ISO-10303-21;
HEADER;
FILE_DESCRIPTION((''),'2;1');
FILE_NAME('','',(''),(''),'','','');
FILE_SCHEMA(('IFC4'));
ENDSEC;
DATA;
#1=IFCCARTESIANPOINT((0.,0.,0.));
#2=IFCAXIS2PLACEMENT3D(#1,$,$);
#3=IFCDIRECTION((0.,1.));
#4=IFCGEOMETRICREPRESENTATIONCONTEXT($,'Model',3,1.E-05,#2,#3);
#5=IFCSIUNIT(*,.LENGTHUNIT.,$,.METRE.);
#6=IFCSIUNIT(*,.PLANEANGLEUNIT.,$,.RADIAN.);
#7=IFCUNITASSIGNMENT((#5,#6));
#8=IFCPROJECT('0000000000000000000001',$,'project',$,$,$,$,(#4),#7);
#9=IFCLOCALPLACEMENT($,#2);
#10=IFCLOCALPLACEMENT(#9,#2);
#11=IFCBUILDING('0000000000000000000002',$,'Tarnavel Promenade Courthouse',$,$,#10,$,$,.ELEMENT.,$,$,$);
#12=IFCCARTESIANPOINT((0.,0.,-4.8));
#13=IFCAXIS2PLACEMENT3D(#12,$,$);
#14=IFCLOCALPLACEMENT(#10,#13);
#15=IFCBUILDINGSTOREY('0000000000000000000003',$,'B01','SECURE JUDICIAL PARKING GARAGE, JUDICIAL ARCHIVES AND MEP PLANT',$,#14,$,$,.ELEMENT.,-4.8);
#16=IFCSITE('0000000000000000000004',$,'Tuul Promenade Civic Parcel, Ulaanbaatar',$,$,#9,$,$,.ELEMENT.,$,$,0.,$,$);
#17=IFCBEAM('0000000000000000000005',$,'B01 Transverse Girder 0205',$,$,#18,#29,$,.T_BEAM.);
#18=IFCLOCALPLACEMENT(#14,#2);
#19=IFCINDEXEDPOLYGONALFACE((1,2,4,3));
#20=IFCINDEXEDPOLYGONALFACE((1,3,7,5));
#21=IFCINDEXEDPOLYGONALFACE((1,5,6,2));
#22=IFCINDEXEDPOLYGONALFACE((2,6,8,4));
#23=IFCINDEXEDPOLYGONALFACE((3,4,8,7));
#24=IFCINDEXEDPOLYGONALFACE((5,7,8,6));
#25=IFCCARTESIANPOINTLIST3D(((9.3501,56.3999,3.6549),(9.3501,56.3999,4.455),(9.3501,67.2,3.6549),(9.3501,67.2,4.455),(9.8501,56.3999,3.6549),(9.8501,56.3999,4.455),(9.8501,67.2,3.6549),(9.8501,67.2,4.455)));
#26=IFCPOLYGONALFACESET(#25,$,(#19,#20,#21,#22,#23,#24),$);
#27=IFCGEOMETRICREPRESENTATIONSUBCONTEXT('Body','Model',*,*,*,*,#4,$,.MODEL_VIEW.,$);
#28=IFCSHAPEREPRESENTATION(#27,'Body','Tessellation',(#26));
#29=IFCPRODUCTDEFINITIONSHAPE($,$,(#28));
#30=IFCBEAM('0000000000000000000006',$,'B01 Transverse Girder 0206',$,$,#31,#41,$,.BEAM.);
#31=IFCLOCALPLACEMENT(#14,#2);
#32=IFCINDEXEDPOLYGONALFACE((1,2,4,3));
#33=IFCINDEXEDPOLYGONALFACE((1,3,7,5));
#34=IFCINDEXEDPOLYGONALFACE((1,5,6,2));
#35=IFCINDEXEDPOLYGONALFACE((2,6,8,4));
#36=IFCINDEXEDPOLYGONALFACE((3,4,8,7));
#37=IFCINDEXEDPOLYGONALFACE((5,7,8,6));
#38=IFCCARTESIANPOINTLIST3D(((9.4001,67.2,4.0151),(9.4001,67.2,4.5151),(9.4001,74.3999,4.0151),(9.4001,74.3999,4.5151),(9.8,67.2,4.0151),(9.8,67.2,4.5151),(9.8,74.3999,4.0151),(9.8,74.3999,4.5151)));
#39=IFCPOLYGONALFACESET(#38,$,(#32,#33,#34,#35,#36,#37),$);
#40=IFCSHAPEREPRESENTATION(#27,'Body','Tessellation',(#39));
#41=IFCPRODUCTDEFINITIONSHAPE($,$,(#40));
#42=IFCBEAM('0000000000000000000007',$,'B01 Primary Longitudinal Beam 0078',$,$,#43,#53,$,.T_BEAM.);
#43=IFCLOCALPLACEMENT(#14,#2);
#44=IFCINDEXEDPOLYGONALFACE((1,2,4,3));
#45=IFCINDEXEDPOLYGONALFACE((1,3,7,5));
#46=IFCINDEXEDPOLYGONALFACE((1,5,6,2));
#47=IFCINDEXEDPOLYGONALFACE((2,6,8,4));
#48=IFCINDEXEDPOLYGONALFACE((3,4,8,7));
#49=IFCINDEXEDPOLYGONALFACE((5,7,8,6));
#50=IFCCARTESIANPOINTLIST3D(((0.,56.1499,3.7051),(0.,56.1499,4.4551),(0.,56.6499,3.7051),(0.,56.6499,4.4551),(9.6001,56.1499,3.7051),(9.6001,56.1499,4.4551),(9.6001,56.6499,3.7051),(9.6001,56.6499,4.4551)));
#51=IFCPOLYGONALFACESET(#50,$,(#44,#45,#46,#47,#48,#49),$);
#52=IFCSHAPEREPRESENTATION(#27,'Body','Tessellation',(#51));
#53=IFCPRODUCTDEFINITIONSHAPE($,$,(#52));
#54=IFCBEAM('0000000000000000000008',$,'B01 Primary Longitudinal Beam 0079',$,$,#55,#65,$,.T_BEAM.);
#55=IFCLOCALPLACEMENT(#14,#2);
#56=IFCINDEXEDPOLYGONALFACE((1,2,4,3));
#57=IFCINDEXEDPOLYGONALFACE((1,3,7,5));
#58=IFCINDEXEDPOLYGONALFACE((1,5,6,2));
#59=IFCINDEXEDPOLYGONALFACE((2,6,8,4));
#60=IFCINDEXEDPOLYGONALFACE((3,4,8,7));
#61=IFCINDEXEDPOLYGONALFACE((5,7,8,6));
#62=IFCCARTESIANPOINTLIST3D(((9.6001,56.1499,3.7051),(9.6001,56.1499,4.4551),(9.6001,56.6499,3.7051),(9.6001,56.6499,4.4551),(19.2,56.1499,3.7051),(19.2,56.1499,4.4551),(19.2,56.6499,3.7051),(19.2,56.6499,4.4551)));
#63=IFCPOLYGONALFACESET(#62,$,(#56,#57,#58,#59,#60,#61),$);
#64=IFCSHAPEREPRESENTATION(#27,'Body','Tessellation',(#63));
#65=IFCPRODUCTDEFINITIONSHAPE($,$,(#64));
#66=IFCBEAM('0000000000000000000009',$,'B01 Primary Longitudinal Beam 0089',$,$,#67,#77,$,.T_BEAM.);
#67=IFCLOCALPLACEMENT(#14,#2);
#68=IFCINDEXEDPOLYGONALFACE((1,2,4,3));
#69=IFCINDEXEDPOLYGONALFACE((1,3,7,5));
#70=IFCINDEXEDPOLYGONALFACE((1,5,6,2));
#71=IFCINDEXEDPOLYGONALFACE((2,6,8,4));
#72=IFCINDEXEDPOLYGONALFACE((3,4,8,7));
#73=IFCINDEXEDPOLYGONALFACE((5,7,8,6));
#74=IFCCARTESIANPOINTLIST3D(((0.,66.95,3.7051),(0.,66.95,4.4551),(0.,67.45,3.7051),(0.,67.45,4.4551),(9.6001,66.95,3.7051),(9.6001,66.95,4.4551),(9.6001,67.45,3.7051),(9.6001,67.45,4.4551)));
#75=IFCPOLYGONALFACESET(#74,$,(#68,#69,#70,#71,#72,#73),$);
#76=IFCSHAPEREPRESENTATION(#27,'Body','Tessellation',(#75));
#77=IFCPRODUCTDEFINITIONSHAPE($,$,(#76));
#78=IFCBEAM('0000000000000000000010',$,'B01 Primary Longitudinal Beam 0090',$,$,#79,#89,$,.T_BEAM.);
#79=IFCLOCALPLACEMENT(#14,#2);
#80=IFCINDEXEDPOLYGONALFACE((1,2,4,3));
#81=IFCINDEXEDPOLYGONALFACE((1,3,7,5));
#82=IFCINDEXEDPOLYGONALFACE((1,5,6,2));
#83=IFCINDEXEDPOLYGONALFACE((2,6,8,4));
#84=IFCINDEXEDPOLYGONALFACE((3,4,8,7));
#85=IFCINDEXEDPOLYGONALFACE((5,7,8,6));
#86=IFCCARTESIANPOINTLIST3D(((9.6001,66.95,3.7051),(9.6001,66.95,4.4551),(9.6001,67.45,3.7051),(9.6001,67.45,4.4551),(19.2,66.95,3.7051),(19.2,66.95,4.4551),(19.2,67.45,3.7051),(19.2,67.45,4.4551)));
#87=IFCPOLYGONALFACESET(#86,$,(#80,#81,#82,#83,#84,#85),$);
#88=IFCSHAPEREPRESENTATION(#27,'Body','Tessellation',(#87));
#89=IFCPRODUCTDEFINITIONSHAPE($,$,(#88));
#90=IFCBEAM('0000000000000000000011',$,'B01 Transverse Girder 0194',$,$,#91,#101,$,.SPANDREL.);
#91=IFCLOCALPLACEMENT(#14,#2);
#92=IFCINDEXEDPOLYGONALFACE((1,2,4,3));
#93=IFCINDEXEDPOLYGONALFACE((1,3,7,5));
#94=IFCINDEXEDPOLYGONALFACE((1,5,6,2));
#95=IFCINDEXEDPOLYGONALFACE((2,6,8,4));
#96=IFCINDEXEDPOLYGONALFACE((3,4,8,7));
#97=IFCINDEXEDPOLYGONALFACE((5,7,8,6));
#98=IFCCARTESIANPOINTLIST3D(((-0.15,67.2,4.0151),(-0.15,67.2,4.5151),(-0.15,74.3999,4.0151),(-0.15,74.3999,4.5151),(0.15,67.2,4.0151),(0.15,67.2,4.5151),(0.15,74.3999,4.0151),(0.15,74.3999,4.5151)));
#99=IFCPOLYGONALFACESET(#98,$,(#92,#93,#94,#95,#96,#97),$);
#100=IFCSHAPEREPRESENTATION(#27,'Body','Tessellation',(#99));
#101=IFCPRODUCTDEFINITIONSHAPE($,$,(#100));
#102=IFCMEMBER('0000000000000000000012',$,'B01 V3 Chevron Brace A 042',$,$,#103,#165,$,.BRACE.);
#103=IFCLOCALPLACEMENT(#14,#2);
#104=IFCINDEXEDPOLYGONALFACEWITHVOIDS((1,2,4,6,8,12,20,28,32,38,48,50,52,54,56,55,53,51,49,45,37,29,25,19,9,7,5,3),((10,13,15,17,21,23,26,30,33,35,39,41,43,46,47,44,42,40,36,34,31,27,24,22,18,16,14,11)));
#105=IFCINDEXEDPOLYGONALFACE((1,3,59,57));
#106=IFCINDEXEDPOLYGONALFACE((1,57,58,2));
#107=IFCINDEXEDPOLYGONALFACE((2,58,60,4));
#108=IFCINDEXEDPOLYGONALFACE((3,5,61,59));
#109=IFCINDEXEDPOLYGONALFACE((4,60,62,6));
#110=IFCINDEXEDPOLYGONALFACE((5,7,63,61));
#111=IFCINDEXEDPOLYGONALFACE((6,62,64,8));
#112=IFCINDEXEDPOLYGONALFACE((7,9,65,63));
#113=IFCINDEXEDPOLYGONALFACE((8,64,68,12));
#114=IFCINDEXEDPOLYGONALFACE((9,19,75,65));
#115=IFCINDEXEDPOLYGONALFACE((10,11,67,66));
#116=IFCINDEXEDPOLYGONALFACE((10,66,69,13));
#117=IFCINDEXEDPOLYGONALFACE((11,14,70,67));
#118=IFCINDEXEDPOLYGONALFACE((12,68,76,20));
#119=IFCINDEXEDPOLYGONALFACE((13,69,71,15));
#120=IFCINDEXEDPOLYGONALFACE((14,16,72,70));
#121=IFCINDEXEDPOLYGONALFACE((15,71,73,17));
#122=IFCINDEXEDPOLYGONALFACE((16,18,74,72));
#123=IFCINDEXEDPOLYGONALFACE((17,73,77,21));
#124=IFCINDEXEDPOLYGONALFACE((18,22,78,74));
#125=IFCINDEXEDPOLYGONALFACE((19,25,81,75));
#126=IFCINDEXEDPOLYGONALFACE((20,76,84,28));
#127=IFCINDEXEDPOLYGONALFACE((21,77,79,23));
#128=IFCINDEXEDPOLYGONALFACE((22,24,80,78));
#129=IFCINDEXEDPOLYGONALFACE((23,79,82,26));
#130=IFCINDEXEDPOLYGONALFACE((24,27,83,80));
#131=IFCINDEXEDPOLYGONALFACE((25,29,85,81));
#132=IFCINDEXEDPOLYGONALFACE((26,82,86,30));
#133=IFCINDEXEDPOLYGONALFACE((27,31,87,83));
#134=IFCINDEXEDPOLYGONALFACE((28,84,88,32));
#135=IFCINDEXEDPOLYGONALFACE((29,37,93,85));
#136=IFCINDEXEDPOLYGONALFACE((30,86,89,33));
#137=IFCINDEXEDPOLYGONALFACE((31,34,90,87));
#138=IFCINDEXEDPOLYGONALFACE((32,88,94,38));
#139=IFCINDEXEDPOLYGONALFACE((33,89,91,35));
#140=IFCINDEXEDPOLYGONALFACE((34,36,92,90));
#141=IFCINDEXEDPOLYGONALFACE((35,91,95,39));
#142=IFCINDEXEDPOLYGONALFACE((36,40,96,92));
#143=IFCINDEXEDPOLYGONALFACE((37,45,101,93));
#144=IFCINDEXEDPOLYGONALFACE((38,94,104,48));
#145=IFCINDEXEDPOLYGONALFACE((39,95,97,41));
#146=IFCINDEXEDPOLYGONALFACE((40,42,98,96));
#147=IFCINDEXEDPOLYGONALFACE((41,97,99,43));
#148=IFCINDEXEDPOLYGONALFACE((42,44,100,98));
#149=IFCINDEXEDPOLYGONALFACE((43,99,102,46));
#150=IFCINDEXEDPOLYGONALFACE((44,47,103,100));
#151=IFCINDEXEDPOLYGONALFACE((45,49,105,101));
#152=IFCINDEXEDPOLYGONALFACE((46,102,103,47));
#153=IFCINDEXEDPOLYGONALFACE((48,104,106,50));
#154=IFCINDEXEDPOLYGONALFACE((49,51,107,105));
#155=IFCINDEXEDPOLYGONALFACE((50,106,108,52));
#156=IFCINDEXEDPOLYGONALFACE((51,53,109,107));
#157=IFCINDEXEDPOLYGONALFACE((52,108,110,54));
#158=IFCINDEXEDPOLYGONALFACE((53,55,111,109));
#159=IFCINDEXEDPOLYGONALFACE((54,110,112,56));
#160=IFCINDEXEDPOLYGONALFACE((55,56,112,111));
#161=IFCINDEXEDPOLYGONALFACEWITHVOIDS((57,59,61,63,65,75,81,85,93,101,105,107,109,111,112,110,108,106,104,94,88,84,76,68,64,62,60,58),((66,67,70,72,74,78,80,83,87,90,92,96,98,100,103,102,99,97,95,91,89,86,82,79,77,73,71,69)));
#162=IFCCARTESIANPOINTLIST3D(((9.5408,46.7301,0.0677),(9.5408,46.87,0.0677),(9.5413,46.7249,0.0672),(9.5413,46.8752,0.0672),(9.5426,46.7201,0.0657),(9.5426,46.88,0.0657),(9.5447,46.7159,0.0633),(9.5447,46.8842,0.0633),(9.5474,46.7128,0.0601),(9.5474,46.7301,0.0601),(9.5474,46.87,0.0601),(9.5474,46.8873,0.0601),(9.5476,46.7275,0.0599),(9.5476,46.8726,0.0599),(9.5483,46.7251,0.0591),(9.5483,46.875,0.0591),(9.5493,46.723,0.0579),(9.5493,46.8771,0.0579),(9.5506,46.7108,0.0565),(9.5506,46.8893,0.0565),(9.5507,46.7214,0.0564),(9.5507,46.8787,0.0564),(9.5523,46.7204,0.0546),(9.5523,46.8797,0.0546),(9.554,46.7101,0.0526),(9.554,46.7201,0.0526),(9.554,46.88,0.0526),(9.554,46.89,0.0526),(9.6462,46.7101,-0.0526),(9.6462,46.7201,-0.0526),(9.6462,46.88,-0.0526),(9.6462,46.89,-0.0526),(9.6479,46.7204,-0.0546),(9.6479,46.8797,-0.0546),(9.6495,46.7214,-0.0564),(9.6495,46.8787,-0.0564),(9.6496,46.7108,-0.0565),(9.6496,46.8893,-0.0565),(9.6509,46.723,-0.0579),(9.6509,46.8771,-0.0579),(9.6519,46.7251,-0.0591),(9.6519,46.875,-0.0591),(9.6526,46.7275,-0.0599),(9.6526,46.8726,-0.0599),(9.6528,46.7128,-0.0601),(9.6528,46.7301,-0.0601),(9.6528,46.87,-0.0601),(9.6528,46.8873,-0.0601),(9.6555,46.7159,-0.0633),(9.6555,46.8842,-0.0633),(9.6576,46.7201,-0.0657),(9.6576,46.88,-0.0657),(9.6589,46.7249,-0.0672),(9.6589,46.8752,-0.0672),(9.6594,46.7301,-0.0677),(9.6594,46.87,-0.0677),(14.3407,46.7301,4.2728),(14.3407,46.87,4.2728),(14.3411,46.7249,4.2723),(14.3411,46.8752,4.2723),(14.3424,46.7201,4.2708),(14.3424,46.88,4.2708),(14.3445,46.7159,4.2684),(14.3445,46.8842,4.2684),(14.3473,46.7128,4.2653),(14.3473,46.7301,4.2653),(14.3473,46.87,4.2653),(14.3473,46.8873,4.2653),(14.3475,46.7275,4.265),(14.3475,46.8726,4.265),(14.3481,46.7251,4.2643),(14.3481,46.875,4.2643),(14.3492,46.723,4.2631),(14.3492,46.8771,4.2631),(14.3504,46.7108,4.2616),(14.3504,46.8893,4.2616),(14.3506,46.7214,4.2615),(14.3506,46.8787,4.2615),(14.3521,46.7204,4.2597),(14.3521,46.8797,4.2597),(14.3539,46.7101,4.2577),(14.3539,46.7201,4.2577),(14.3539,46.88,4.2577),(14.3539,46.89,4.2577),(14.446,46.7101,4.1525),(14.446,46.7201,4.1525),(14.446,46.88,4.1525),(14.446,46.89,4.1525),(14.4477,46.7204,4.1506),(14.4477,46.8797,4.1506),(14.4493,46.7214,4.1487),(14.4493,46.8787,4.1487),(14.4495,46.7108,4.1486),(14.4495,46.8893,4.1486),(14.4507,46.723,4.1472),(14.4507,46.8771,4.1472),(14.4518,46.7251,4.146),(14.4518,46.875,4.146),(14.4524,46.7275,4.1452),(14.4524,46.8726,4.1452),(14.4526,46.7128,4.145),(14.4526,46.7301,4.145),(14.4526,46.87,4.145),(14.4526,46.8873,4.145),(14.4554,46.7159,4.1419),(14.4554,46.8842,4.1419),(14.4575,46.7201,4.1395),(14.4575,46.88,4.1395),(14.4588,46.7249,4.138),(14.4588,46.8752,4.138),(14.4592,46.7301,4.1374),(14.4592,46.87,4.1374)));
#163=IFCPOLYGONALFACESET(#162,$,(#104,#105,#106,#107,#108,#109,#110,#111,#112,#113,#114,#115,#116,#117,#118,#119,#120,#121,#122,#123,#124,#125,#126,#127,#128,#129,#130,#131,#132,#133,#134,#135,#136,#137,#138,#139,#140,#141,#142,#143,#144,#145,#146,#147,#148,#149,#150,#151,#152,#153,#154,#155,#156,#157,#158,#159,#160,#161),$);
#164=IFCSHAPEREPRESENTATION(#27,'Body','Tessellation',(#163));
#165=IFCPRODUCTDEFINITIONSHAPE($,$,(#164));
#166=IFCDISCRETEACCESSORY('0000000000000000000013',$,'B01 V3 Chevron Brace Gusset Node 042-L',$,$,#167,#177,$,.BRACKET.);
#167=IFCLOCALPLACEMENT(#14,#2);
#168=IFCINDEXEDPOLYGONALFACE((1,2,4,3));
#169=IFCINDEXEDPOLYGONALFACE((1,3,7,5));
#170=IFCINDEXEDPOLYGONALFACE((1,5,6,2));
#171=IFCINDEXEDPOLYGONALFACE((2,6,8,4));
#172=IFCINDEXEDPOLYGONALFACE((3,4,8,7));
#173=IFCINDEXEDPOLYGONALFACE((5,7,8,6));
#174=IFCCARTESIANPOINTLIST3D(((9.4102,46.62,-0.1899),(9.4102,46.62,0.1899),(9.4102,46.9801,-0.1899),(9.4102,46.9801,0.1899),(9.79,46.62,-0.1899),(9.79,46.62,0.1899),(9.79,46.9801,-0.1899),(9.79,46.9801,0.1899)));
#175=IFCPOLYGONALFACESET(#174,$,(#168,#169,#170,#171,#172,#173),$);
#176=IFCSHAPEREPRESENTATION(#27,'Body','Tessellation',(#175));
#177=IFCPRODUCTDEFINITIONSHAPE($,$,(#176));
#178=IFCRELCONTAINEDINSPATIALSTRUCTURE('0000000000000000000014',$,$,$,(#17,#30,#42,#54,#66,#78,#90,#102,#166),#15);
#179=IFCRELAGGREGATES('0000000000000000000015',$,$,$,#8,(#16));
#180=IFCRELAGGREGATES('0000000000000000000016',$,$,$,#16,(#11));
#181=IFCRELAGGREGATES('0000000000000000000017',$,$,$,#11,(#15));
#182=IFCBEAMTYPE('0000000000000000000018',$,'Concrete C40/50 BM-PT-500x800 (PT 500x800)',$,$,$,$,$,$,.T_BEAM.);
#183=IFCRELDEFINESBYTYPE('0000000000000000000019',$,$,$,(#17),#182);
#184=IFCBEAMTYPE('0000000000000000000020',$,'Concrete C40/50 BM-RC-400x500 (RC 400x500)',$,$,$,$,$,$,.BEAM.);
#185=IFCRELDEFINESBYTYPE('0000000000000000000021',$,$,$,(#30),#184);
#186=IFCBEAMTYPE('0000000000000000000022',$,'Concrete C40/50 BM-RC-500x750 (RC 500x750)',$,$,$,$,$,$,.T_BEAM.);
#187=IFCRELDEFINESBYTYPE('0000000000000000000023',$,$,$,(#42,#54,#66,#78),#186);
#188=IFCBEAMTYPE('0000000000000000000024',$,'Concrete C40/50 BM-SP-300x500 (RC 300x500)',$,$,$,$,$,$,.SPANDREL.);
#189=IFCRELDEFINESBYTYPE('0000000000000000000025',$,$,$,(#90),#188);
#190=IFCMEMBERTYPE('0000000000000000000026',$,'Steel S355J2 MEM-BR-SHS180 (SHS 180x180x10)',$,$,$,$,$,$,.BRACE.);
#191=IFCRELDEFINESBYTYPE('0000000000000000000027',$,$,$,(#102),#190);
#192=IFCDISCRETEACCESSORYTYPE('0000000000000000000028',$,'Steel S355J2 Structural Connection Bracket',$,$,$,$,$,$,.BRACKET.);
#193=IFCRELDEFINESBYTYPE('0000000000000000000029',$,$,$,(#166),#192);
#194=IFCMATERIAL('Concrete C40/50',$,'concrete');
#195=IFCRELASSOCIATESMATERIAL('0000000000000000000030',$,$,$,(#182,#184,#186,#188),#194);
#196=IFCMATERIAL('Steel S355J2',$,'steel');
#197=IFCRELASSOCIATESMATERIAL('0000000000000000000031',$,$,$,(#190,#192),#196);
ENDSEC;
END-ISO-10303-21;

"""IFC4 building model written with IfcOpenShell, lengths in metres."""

from ifc_helpers import new_model, si_unit, direction, frame, origin, origin_2d, place, context, subcontext, project, spatial, rectangle, hollow_rectangle, extrude, material, material_profile, profile_set, type_object, element, save


model = new_model("IFC4")

# Units and contexts
model_context = context("Model", 3, precision=1e-05, world=origin(), true_north=direction((0.0, 1.0)))
body_context = subcontext(model_context, "Body", "Model", "MODEL_VIEW")
ifc_project = project(units=[si_unit("LENGTHUNIT", "METRE"), si_unit("PLANEANGLEUNIT", "RADIAN")], contexts=[model_context])

# Site, building, storey
site_placement = place(None, origin())
site = spatial("IfcSite", under=ifc_project, at=site_placement, Name="Tuul Promenade Civic Parcel, Ulaanbaatar", CompositionType="ELEMENT", RefElevation=0.0)
building_placement = place(site_placement, origin())
building = spatial("IfcBuilding", under=site, at=building_placement, Name="Tarnavel Promenade Courthouse", CompositionType="ELEMENT")
storey_placement = place(building_placement, frame((0.0, 0.0, -4.8)))
storey = spatial("IfcBuildingStorey", under=building, at=storey_placement, Name="B01", Description="SECURE JUDICIAL PARKING GARAGE, JUDICIAL ARCHIVES AND MEP PLANT", CompositionType="ELEMENT", Elevation=-4.8)

# Shared definitions
ifc_material_1 = material(Name="Concrete C40/50", Category="concrete")

# Beams
ifc_material_profile_1 = material_profile(ifc_material_1, rectangle(XDim=0.5, YDim=0.8, at=origin_2d()), Name="PT 500x800")
ifc_profile_set_1 = profile_set([ifc_material_profile_1], Name="Concrete C40/50")
beam_type_1 = type_object("IfcBeamType", Name="Concrete C40/50 BM-PT-500x800 (PT 500x800)", PredefinedType="T_BEAM", material=ifc_profile_set_1)
for number, where, z_axis, x_axis, name in (
    (1, (9.6001, 56.3999, 4.0549), (0.0, 1.0, 0.0), (-1.0, 0.0, 0.0), "B01 Transverse Girder 0205"),
):
    element("IfcBeam", number, at=place(storey_placement, frame(where, z_axis=z_axis, x_axis=x_axis)), inside=storey, type_object=beam_type_1, Name=name, PredefinedType="T_BEAM", context=body_context, shape_type="SweptSolid", body=[
        extrude(rectangle(XDim=0.5, YDim=0.8, at=origin_2d()), origin(), (0.0, 0.0, 1.0), 10.8),
    ])
ifc_material_profile_2 = material_profile(ifc_material_1, rectangle(XDim=0.3999, YDim=0.5, at=origin_2d()), Name="RC 400x500")
ifc_profile_set_2 = profile_set([ifc_material_profile_2], Name="Concrete C40/50")
beam_type_2 = type_object("IfcBeamType", Name="Concrete C40/50 BM-RC-400x500 (RC 400x500)", PredefinedType="BEAM", material=ifc_profile_set_2)
beam_1_placement = place(storey_placement, frame((9.6001, 67.2, 4.2651), z_axis=(0.0, 1.0, 0.0), x_axis=(-1.0, 0.0, 0.0)))
element("IfcBeam", 2, at=beam_1_placement, inside=storey, type_object=beam_type_2, Name="B01 Transverse Girder 0206", PredefinedType="BEAM", context=body_context, shape_type="SweptSolid", body=[
    extrude(rectangle(XDim=0.3999, YDim=0.5, at=origin_2d()), origin(), (0.0, 0.0, 1.0), 7.2),
])
ifc_material_profile_3 = material_profile(ifc_material_1, rectangle(XDim=0.5, YDim=0.75, at=origin_2d()), Name="RC 500x750")
ifc_profile_set_3 = profile_set([ifc_material_profile_3], Name="Concrete C40/50")
beam_type_3 = type_object("IfcBeamType", Name="Concrete C40/50 BM-RC-500x750 (RC 500x750)", PredefinedType="T_BEAM", material=ifc_profile_set_3)
beam_2_placement = place(storey_placement, frame((0.0, 56.3999, 4.0801), z_axis=(1.0, 0.0, 0.0), x_axis=(0.0, 1.0, 0.0)))
element("IfcBeam", 3, at=beam_2_placement, inside=storey, type_object=beam_type_3, Name="B01 Primary Longitudinal Beam 0078", PredefinedType="T_BEAM", context=body_context, shape_type="SweptSolid", body=[
    extrude(rectangle(XDim=0.5, YDim=0.75, at=origin_2d()), origin(), (0.0, 0.0, 1.0), 9.6001),
])
beam_3_placement = place(storey_placement, frame((9.6001, 56.3999, 4.0801), z_axis=(1.0, 0.0, 0.0), x_axis=(0.0, 1.0, 0.0)))
element("IfcBeam", 4, at=beam_3_placement, inside=storey, type_object=beam_type_3, Name="B01 Primary Longitudinal Beam 0079", PredefinedType="T_BEAM", context=body_context, shape_type="SweptSolid", body=[
    extrude(rectangle(XDim=0.5, YDim=0.75, at=origin_2d()), origin(), (0.0, 0.0, 1.0), 9.5999),
])
beam_4_placement = place(storey_placement, frame((0.0, 67.2, 4.0801), z_axis=(1.0, 0.0, 0.0), x_axis=(0.0, 1.0, 0.0)))
element("IfcBeam", 5, at=beam_4_placement, inside=storey, type_object=beam_type_3, Name="B01 Primary Longitudinal Beam 0089", PredefinedType="T_BEAM", context=body_context, shape_type="SweptSolid", body=[
    extrude(rectangle(XDim=0.5, YDim=0.75, at=origin_2d()), origin(), (0.0, 0.0, 1.0), 9.6001),
])
beam_5_placement = place(storey_placement, frame((9.6001, 67.2, 4.0801), z_axis=(1.0, 0.0, 0.0), x_axis=(0.0, 1.0, 0.0)))
element("IfcBeam", 6, at=beam_5_placement, inside=storey, type_object=beam_type_3, Name="B01 Primary Longitudinal Beam 0090", PredefinedType="T_BEAM", context=body_context, shape_type="SweptSolid", body=[
    extrude(rectangle(XDim=0.5, YDim=0.75, at=origin_2d()), origin(), (0.0, 0.0, 1.0), 9.5999),
])
ifc_material_profile_4 = material_profile(ifc_material_1, rectangle(XDim=0.3, YDim=0.5, at=origin_2d()), Name="RC 300x500")
ifc_profile_set_4 = profile_set([ifc_material_profile_4], Name="Concrete C40/50")
beam_type_4 = type_object("IfcBeamType", Name="Concrete C40/50 BM-SP-300x500 (RC 300x500)", PredefinedType="SPANDREL", material=ifc_profile_set_4)
beam_6_placement = place(storey_placement, frame((0.0, 67.2, 4.2651), z_axis=(0.0, 1.0, 0.0), x_axis=(-1.0, 0.0, 0.0)))
element("IfcBeam", 7, at=beam_6_placement, inside=storey, type_object=beam_type_4, Name="B01 Transverse Girder 0194", PredefinedType="SPANDREL", context=body_context, shape_type="SweptSolid", body=[
    extrude(rectangle(XDim=0.3, YDim=0.5, at=origin_2d()), origin(), (0.0, 0.0, 1.0), 7.2),
])

# Member
ifc_material_2 = material(Name="Steel S355J2", Category="steel")
ifc_material_profile_5 = material_profile(ifc_material_2, hollow_rectangle(XDim=0.1799, YDim=0.1799, WallThickness=0.01, InnerFilletRadius=0.01, OuterFilletRadius=0.02, at=origin_2d()), Name="SHS 180x180x10")
ifc_profile_set_5 = profile_set([ifc_material_profile_5], Name="Steel S355J2")
member_type = type_object("IfcMemberType", Name="Steel S355J2 MEM-BR-SHS180 (SHS 180x180x10)", PredefinedType="BRACE", material=ifc_profile_set_5)
member_placement = place(storey_placement, frame((9.6001, 46.8, 0.0), z_axis=(0.752169, 0.0, 0.65897), x_axis=(0.0, 1.0, 0.0)))
element("IfcMember", 8, at=member_placement, inside=storey, type_object=member_type, Name="B01 V3 Chevron Brace A 042", PredefinedType="BRACE", context=body_context, shape_type="SweptSolid", body=[
    extrude(hollow_rectangle(XDim=0.1799, YDim=0.1799, WallThickness=0.01, InnerFilletRadius=0.01, OuterFilletRadius=0.02, at=origin_2d()), origin(), (0.0, 0.0, 1.0), 6.3813),
])

# Discrete accessory
discrete_accessory_type = type_object("IfcDiscreteAccessoryType", Name="Steel S355J2 Structural Connection Bracket", PredefinedType="BRACKET", material=ifc_material_2)
discrete_accessory_placement = place(storey_placement, frame((9.6001, 46.8, -0.1899), z_axis=(0.0, 0.0, 1.0), x_axis=(1.0, 0.0, 0.0)))
element("IfcDiscreteAccessory", 9, at=discrete_accessory_placement, inside=storey, type_object=discrete_accessory_type, Name="B01 V3 Chevron Brace Gusset Node 042-L", PredefinedType="BRACKET", context=body_context, shape_type="SweptSolid", body=[
    extrude(rectangle(XDim=0.3799, YDim=0.3601, at=origin_2d()), origin(), (0.0, 0.0, 1.0), 0.3799),
])

save(model, "model.ifc")
